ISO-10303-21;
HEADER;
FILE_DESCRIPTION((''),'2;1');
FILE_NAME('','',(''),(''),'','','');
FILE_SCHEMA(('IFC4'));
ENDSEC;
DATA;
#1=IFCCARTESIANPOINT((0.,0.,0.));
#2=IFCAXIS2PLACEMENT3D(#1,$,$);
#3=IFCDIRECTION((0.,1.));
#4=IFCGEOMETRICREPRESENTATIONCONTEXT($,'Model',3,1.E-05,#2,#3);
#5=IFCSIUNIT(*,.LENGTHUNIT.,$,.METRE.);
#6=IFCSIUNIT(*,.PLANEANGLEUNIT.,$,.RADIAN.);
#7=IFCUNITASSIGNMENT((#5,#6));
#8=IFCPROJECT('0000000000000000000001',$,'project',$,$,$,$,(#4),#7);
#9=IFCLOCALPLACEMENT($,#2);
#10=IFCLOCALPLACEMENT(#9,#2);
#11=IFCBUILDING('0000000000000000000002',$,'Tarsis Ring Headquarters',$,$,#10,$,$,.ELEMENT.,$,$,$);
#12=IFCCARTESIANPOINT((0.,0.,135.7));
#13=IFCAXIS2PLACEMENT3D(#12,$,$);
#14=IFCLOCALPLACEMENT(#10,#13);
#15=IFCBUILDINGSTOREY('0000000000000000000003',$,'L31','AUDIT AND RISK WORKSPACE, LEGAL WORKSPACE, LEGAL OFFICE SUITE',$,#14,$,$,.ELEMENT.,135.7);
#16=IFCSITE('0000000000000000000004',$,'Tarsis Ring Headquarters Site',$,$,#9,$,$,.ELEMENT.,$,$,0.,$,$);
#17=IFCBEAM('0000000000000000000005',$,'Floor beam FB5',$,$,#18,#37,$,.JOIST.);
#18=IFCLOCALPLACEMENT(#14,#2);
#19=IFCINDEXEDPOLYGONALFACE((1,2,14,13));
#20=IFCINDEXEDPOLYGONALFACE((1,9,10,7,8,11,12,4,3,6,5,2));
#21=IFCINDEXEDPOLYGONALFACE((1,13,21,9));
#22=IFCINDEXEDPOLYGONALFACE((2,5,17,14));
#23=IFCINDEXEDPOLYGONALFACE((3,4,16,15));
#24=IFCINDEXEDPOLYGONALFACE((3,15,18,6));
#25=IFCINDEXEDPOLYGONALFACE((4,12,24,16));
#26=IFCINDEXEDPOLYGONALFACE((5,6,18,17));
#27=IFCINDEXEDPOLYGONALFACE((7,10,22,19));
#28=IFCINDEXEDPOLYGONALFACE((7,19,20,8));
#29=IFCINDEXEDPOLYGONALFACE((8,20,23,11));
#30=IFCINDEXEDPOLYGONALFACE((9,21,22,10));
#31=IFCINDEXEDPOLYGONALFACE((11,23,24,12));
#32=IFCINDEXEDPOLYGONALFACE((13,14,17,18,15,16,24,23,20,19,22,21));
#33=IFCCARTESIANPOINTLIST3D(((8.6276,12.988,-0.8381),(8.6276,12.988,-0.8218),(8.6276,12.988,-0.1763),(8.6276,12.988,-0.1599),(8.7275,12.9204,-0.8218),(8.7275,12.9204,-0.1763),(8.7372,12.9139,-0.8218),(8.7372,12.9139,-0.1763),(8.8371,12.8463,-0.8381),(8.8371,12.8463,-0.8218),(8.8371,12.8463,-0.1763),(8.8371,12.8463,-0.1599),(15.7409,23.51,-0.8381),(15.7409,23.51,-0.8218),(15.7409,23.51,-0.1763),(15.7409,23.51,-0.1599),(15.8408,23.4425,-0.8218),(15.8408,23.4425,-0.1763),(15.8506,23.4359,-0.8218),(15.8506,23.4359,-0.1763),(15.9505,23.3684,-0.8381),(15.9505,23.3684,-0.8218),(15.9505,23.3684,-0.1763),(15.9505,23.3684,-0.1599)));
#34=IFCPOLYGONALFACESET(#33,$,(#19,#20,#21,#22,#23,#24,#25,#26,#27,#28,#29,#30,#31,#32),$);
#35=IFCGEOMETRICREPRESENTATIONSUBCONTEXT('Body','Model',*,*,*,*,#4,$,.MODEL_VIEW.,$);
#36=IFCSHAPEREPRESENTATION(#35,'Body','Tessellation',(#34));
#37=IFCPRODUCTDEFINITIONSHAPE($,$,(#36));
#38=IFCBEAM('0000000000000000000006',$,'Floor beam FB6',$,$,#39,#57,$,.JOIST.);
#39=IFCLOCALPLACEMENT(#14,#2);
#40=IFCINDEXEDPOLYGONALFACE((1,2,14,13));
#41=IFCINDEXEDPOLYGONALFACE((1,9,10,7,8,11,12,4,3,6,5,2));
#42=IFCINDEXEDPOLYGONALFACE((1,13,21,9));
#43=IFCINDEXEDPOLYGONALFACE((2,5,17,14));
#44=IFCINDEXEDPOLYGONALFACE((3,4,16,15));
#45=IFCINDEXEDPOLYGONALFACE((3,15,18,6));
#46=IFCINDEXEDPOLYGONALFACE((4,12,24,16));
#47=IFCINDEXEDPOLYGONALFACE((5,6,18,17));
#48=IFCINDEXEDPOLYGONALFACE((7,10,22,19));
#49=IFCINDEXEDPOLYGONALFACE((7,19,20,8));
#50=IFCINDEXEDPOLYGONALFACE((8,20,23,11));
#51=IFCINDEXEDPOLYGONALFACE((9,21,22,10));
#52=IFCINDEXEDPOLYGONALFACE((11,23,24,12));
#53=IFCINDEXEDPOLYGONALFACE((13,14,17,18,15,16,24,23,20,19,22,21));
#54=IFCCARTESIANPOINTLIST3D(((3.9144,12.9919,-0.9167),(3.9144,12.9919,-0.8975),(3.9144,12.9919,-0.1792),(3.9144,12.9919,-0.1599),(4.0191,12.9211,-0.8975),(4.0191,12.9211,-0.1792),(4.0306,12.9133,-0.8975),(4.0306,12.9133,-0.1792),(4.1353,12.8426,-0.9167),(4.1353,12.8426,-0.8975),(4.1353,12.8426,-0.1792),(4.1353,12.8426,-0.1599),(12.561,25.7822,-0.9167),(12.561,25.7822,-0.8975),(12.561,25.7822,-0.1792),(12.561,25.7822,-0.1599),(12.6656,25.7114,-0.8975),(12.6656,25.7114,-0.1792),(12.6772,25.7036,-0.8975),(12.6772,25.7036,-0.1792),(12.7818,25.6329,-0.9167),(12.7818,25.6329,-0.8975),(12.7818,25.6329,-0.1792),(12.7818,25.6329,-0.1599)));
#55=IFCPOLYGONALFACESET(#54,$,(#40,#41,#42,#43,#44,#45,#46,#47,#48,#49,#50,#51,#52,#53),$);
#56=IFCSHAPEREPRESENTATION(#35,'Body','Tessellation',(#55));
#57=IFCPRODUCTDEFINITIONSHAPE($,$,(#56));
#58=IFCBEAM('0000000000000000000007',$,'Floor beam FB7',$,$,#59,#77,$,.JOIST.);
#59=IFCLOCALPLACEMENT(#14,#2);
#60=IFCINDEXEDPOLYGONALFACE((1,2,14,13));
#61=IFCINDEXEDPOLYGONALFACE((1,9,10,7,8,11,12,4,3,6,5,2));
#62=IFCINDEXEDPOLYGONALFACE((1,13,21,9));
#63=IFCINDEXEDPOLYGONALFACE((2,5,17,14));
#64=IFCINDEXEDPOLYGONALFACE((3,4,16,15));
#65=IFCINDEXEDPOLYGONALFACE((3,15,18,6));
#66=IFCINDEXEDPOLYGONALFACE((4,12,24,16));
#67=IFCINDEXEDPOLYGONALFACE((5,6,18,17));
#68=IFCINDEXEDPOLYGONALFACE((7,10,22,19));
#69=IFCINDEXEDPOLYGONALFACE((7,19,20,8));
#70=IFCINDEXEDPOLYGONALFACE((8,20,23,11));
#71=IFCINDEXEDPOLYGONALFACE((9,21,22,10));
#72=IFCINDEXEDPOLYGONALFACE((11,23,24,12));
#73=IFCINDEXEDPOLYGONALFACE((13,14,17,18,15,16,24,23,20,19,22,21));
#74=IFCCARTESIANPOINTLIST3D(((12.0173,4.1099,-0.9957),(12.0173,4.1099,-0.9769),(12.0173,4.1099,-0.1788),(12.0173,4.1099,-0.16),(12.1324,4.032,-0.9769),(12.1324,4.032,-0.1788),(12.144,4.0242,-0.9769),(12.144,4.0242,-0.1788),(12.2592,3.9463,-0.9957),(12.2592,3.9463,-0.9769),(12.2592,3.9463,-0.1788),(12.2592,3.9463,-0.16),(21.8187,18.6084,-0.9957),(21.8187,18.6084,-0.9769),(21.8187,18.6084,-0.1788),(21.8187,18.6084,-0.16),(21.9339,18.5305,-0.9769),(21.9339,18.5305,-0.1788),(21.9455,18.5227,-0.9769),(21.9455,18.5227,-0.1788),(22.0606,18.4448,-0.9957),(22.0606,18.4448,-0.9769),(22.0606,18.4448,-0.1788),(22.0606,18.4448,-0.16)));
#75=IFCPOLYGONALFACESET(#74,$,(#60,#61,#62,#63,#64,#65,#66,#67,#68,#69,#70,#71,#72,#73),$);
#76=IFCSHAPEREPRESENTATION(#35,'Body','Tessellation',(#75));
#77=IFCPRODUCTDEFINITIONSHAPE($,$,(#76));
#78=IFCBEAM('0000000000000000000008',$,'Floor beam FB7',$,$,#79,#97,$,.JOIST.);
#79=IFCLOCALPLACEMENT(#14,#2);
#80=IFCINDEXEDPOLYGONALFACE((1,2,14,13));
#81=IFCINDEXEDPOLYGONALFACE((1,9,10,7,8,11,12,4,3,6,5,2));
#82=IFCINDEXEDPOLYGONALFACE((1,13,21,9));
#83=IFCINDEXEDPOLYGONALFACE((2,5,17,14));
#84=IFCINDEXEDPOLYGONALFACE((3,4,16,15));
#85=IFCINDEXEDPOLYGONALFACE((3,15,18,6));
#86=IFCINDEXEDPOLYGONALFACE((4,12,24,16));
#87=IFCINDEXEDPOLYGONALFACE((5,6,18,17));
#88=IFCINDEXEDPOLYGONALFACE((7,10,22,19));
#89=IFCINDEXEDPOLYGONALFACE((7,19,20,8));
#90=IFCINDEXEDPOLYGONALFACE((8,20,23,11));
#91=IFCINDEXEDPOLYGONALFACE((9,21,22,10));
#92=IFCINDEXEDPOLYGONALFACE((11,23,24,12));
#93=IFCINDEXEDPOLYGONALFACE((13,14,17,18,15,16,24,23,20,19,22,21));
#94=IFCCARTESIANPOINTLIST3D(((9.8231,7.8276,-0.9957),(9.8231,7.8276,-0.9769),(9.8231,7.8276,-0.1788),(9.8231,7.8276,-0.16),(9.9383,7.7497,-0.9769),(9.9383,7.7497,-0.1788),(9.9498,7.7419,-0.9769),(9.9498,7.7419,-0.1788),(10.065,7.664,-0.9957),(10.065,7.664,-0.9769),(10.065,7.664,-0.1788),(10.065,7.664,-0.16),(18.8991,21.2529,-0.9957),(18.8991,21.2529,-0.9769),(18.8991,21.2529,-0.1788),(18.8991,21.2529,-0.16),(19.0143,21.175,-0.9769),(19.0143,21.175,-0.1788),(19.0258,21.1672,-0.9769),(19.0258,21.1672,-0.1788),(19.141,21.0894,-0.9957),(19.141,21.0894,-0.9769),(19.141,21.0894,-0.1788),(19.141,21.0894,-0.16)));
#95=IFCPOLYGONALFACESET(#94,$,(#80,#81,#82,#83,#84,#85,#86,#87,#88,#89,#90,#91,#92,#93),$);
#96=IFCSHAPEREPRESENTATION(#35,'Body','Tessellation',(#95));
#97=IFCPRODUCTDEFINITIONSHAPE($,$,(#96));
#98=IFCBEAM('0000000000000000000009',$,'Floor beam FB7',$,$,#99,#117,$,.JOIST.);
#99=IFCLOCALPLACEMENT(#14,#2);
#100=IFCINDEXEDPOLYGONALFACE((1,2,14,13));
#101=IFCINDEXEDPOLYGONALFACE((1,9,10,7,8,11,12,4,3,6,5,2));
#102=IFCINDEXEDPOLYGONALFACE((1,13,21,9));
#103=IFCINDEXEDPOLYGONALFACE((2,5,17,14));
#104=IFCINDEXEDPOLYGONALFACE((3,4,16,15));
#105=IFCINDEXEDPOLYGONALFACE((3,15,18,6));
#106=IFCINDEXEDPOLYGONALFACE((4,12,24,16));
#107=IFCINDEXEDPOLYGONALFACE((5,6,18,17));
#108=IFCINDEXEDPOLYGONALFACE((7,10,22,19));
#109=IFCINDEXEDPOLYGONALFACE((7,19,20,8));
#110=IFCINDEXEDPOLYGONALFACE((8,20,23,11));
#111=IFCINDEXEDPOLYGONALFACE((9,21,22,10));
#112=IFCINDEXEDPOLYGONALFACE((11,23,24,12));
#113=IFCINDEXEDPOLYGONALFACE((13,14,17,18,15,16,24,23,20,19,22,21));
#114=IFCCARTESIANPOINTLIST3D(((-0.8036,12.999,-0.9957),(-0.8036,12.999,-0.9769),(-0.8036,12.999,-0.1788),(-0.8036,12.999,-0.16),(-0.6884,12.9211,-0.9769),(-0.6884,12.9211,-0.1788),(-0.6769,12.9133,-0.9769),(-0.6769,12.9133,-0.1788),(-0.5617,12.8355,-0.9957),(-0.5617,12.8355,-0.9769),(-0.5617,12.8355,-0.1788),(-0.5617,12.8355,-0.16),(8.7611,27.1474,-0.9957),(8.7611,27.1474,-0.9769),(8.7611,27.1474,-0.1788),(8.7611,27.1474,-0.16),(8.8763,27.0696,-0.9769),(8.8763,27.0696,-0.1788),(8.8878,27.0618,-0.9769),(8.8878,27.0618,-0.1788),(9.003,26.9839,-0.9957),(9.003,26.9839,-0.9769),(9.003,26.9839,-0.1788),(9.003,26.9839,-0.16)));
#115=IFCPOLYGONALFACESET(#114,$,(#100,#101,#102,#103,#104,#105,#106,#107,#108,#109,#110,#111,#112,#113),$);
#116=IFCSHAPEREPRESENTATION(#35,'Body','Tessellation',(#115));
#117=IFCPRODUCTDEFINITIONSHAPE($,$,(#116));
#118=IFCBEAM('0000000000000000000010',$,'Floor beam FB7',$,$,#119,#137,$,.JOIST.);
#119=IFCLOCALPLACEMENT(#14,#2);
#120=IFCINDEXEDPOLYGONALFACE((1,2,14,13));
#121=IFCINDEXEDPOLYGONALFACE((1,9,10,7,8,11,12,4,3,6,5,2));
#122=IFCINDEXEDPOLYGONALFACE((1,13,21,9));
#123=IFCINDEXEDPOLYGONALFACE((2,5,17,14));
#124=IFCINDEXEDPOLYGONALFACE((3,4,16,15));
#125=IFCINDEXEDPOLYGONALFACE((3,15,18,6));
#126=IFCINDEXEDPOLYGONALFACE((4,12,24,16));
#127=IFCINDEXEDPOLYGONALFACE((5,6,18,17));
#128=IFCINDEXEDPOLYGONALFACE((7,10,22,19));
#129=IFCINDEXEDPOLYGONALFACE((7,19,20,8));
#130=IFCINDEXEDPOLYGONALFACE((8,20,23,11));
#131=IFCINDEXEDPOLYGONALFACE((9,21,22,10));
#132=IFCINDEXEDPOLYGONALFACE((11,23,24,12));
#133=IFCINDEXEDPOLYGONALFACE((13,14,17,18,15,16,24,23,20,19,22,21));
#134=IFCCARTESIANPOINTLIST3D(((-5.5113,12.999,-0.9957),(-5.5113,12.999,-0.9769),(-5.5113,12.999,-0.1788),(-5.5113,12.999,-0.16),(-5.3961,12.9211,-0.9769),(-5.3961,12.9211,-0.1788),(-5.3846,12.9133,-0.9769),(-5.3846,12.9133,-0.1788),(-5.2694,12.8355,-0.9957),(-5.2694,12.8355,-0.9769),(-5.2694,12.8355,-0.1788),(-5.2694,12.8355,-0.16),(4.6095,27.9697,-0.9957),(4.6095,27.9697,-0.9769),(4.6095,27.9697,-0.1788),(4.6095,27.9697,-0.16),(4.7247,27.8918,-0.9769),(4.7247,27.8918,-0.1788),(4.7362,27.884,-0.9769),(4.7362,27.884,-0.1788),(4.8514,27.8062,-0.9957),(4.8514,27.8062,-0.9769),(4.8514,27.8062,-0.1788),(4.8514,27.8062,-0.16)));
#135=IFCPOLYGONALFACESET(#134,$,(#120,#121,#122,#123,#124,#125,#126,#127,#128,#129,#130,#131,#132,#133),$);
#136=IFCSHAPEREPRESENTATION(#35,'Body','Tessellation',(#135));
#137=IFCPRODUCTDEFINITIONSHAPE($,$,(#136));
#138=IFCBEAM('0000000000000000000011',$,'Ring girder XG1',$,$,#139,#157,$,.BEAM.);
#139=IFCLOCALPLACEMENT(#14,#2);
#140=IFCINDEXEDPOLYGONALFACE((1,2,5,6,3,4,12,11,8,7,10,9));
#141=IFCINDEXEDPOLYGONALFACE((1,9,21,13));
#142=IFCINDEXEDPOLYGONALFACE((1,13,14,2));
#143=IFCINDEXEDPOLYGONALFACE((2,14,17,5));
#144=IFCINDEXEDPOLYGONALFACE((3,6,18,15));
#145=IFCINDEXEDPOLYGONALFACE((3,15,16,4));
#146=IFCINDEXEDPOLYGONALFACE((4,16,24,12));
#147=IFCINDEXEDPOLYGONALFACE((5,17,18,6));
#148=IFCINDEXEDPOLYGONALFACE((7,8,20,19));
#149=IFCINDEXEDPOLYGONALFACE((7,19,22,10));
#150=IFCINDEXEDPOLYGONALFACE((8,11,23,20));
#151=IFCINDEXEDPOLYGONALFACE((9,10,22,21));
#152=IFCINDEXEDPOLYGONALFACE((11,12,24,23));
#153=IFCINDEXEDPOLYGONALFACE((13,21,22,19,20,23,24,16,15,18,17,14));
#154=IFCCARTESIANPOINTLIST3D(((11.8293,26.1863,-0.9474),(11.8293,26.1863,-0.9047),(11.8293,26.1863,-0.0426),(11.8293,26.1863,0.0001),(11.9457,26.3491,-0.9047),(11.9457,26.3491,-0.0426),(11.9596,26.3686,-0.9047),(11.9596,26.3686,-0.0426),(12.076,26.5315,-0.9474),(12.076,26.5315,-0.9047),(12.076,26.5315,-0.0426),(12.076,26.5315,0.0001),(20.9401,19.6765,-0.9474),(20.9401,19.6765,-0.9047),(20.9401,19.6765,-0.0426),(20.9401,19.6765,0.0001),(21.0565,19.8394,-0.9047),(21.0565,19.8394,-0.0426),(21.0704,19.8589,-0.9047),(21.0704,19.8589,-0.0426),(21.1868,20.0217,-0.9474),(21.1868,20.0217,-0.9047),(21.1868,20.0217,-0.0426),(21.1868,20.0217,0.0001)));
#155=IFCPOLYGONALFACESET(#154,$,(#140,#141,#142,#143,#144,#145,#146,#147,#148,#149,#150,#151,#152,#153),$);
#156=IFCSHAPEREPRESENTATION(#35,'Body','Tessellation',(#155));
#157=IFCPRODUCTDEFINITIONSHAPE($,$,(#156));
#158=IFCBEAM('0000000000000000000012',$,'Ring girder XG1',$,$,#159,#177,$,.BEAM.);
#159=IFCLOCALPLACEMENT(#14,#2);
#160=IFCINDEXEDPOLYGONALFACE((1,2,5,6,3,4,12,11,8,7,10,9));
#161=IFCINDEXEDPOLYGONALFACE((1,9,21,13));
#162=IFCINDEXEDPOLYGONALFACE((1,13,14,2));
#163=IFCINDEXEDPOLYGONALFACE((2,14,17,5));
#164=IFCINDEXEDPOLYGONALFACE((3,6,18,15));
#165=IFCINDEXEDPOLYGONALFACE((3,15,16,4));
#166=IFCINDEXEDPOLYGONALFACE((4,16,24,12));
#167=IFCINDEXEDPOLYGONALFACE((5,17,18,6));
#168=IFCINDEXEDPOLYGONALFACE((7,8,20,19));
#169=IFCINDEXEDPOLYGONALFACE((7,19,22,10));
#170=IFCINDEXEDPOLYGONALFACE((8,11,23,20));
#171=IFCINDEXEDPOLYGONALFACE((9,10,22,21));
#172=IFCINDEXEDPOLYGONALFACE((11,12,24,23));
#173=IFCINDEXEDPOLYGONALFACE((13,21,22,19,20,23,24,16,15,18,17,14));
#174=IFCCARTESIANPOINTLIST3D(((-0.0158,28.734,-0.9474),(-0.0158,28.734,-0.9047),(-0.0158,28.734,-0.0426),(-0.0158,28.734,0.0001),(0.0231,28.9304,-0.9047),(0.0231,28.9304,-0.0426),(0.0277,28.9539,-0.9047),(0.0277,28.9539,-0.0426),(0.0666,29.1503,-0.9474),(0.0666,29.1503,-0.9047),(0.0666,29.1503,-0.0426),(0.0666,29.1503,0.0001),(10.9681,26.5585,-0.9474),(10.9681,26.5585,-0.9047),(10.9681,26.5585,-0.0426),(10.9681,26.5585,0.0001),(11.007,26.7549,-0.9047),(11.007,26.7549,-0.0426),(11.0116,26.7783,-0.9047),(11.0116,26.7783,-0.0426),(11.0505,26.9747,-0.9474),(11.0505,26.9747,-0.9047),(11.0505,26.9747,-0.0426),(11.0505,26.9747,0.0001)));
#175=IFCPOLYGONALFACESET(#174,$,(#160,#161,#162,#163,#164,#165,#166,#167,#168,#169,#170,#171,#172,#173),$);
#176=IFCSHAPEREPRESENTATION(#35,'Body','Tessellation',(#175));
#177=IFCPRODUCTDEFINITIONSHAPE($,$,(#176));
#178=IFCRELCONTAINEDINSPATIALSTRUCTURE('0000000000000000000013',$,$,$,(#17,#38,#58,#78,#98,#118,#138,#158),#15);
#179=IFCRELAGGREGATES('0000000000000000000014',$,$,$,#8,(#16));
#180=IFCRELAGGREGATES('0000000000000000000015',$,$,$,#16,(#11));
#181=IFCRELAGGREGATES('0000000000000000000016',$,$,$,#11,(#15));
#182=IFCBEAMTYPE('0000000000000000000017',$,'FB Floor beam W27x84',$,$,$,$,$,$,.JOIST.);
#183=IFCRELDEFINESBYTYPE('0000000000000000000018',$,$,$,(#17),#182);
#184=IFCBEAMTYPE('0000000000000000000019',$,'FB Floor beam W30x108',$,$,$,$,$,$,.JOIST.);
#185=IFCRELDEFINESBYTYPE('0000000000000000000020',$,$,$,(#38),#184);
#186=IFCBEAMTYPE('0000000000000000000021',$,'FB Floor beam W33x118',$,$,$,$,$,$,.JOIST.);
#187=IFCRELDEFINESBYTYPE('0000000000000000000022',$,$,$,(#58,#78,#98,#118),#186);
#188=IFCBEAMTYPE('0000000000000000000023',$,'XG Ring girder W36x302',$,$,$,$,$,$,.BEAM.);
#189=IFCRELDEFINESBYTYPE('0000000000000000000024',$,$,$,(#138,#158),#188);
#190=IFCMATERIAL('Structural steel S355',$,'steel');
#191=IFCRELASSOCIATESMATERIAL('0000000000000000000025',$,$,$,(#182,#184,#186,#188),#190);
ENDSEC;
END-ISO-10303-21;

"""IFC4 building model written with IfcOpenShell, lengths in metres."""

from ifc_helpers import new_model, si_unit, direction, frame, origin, origin_2d, place, context, subcontext, project, spatial, i_section, extrude, material, material_profile, profile_set, type_object, element, save


model = new_model("IFC4")

# Units and contexts
model_context = context("Model", 3, precision=1e-05, world=origin(), true_north=direction((0.0, 1.0)))
body_context = subcontext(model_context, "Body", "Model", "MODEL_VIEW")
ifc_project = project(units=[si_unit("LENGTHUNIT", "METRE"), si_unit("PLANEANGLEUNIT", "RADIAN")], contexts=[model_context])

# Site, building, storey
site_placement = place(None, origin())
site = spatial("IfcSite", under=ifc_project, at=site_placement, Name="Tarsis Ring Headquarters Site", CompositionType="ELEMENT", RefElevation=0.0)
building_placement = place(site_placement, origin())
building = spatial("IfcBuilding", under=site, at=building_placement, Name="Tarsis Ring Headquarters", CompositionType="ELEMENT")
storey_placement = place(building_placement, frame((0.0, 0.0, 135.7)))
storey = spatial("IfcBuildingStorey", under=building, at=storey_placement, Name="L31", Description="AUDIT AND RISK WORKSPACE, LEGAL WORKSPACE, LEGAL OFFICE SUITE", CompositionType="ELEMENT", Elevation=135.7)

# Shared definitions
ifc_material_1 = material(Name="Structural steel S355", Category="steel")

# Beams
ifc_material_profile_1 = material_profile(ifc_material_1, i_section(OverallWidth=0.2529, OverallDepth=0.6782, WebThickness=0.0117, FlangeThickness=0.0164, at=origin_2d()), Name="W27x84")
ifc_profile_set_1 = profile_set([ifc_material_profile_1], Name="Structural steel S355")
beam_type_1 = type_object("IfcBeamType", Name="FB Floor beam W27x84", PredefinedType="JOIST", material=ifc_profile_set_1)
beam_1_placement = place(storey_placement, frame((15.8457, 23.4392, -0.499), z_axis=(-0.560065, -0.828449, 0.0), x_axis=(0.828449, -0.560065, 0.0)))
element("IfcBeam", 1, at=beam_1_placement, inside=storey, type_object=beam_type_1, Name="Floor beam FB5", PredefinedType="JOIST", context=body_context, shape_type="SweptSolid", body=[
    extrude(i_section(OverallWidth=0.2529, OverallDepth=0.6782, WebThickness=0.0117, FlangeThickness=0.0164, at=origin_2d()), origin(), (0.0, 0.0, 1.0), 12.7009),
])
ifc_material_profile_2 = material_profile(ifc_material_1, i_section(OverallWidth=0.2666, OverallDepth=0.7568, WebThickness=0.0139, FlangeThickness=0.0193, at=origin_2d()), Name="W30x108")
ifc_profile_set_2 = profile_set([ifc_material_profile_2], Name="Structural steel S355")
beam_type_2 = type_object("IfcBeamType", Name="FB Floor beam W30x108", PredefinedType="JOIST", material=ifc_profile_set_2)
beam_2_placement = place(storey_placement, frame((12.6714, 25.7075, -0.5383), z_axis=(-0.560053, -0.828457, 0.0), x_axis=(0.828457, -0.560053, 0.0)))
element("IfcBeam", 2, at=beam_2_placement, inside=storey, type_object=beam_type_2, Name="Floor beam FB6", PredefinedType="JOIST", context=body_context, shape_type="SweptSolid", body=[
    extrude(i_section(OverallWidth=0.2666, OverallDepth=0.7568, WebThickness=0.0139, FlangeThickness=0.0193, at=origin_2d()), origin(), (0.0, 0.0, 1.0), 15.4387),
])
ifc_material_profile_3 = material_profile(ifc_material_1, i_section(OverallWidth=0.292, OverallDepth=0.8357, WebThickness=0.0139, FlangeThickness=0.0188, at=origin_2d()), Name="W33x118")
ifc_profile_set_3 = profile_set([ifc_material_profile_3], Name="Structural steel S355")
beam_type_3 = type_object("IfcBeamType", Name="FB Floor beam W33x118", PredefinedType="JOIST", material=ifc_profile_set_3)
beam_3_placement = place(storey_placement, frame((21.9397, 18.5266, -0.5779), z_axis=(-0.560062, -0.828451, 0.0), x_axis=(0.828451, -0.560062, 0.0)))
element("IfcBeam", 3, at=beam_3_placement, inside=storey, type_object=beam_type_3, Name="Floor beam FB7", PredefinedType="JOIST", context=body_context, shape_type="SweptSolid", body=[
    extrude(i_section(OverallWidth=0.292, OverallDepth=0.8357, WebThickness=0.0139, FlangeThickness=0.0188, at=origin_2d()), origin(), (0.0, 0.0, 1.0), 17.5007),
])
beam_4_placement = place(storey_placement, frame((19.02, 21.1711, -0.5779), z_axis=(-0.56006, -0.828452, 0.0), x_axis=(0.828452, -0.56006, 0.0)))
element("IfcBeam", 4, at=beam_4_placement, inside=storey, type_object=beam_type_3, Name="Floor beam FB7", PredefinedType="JOIST", context=body_context, shape_type="SweptSolid", body=[
    extrude(i_section(OverallWidth=0.292, OverallDepth=0.8357, WebThickness=0.0139, FlangeThickness=0.0188, at=origin_2d()), origin(), (0.0, 0.0, 1.0), 16.2053),
])
beam_5_placement = place(storey_placement, frame((8.8821, 27.0657, -0.5779), z_axis=(-0.560056, -0.828455, 0.0), x_axis=(0.828455, -0.560056, 0.0)))
element("IfcBeam", 5, at=beam_5_placement, inside=storey, type_object=beam_type_3, Name="Floor beam FB7", PredefinedType="JOIST", context=body_context, shape_type="SweptSolid", body=[
    extrude(i_section(OverallWidth=0.292, OverallDepth=0.8357, WebThickness=0.0139, FlangeThickness=0.0188, at=origin_2d()), origin(), (0.0, 0.0, 1.0), 17.0781),
])
beam_6_placement = place(storey_placement, frame((4.7305, 27.8879, -0.5779), z_axis=(-0.560067, -0.828448, 0.0), x_axis=(0.828448, -0.560067, 0.0)))
element("IfcBeam", 6, at=beam_6_placement, inside=storey, type_object=beam_type_3, Name="Floor beam FB7", PredefinedType="JOIST", context=body_context, shape_type="SweptSolid", body=[
    extrude(i_section(OverallWidth=0.292, OverallDepth=0.8357, WebThickness=0.0139, FlangeThickness=0.0188, at=origin_2d()), origin(), (0.0, 0.0, 1.0), 18.0708),
])
ifc_material_profile_4 = material_profile(ifc_material_1, i_section(OverallWidth=0.4243, OverallDepth=0.9475, WebThickness=0.0239, FlangeThickness=0.0427, at=origin_2d()), Name="W36x302")
ifc_profile_set_4 = profile_set([ifc_material_profile_4], Name="Structural steel S355")
beam_type_4 = type_object("IfcBeamType", Name="XG Ring girder W36x302", PredefinedType="BEAM", material=ifc_profile_set_4)
beam_7_placement = place(storey_placement, frame((21.0635, 19.8491, -0.4736), z_axis=(-0.813648, 0.581358, 0.0), x_axis=(-0.581358, -0.813648, 0.0)))
element("IfcBeam", 7, at=beam_7_placement, inside=storey, type_object=beam_type_4, Name="Ring girder XG1", PredefinedType="BEAM", context=body_context, shape_type="SweptSolid", body=[
    extrude(i_section(OverallWidth=0.4243, OverallDepth=0.9475, WebThickness=0.0239, FlangeThickness=0.0427, at=origin_2d()), origin(), (0.0, 0.0, 1.0), 11.1975),
])
beam_8_placement = place(storey_placement, frame((11.0093, 26.7666, -0.4736), z_axis=(-0.980944, 0.194292, 0.0), x_axis=(-0.194292, -0.980944, 0.0)))
element("IfcBeam", 8, at=beam_8_placement, inside=storey, type_object=beam_type_4, Name="Ring girder XG1", PredefinedType="BEAM", context=body_context, shape_type="SweptSolid", body=[
    extrude(i_section(OverallWidth=0.4243, OverallDepth=0.9475, WebThickness=0.0239, FlangeThickness=0.0427, at=origin_2d()), origin(), (0.0, 0.0, 1.0), 11.1973),
])

save(model, "model.ifc")
